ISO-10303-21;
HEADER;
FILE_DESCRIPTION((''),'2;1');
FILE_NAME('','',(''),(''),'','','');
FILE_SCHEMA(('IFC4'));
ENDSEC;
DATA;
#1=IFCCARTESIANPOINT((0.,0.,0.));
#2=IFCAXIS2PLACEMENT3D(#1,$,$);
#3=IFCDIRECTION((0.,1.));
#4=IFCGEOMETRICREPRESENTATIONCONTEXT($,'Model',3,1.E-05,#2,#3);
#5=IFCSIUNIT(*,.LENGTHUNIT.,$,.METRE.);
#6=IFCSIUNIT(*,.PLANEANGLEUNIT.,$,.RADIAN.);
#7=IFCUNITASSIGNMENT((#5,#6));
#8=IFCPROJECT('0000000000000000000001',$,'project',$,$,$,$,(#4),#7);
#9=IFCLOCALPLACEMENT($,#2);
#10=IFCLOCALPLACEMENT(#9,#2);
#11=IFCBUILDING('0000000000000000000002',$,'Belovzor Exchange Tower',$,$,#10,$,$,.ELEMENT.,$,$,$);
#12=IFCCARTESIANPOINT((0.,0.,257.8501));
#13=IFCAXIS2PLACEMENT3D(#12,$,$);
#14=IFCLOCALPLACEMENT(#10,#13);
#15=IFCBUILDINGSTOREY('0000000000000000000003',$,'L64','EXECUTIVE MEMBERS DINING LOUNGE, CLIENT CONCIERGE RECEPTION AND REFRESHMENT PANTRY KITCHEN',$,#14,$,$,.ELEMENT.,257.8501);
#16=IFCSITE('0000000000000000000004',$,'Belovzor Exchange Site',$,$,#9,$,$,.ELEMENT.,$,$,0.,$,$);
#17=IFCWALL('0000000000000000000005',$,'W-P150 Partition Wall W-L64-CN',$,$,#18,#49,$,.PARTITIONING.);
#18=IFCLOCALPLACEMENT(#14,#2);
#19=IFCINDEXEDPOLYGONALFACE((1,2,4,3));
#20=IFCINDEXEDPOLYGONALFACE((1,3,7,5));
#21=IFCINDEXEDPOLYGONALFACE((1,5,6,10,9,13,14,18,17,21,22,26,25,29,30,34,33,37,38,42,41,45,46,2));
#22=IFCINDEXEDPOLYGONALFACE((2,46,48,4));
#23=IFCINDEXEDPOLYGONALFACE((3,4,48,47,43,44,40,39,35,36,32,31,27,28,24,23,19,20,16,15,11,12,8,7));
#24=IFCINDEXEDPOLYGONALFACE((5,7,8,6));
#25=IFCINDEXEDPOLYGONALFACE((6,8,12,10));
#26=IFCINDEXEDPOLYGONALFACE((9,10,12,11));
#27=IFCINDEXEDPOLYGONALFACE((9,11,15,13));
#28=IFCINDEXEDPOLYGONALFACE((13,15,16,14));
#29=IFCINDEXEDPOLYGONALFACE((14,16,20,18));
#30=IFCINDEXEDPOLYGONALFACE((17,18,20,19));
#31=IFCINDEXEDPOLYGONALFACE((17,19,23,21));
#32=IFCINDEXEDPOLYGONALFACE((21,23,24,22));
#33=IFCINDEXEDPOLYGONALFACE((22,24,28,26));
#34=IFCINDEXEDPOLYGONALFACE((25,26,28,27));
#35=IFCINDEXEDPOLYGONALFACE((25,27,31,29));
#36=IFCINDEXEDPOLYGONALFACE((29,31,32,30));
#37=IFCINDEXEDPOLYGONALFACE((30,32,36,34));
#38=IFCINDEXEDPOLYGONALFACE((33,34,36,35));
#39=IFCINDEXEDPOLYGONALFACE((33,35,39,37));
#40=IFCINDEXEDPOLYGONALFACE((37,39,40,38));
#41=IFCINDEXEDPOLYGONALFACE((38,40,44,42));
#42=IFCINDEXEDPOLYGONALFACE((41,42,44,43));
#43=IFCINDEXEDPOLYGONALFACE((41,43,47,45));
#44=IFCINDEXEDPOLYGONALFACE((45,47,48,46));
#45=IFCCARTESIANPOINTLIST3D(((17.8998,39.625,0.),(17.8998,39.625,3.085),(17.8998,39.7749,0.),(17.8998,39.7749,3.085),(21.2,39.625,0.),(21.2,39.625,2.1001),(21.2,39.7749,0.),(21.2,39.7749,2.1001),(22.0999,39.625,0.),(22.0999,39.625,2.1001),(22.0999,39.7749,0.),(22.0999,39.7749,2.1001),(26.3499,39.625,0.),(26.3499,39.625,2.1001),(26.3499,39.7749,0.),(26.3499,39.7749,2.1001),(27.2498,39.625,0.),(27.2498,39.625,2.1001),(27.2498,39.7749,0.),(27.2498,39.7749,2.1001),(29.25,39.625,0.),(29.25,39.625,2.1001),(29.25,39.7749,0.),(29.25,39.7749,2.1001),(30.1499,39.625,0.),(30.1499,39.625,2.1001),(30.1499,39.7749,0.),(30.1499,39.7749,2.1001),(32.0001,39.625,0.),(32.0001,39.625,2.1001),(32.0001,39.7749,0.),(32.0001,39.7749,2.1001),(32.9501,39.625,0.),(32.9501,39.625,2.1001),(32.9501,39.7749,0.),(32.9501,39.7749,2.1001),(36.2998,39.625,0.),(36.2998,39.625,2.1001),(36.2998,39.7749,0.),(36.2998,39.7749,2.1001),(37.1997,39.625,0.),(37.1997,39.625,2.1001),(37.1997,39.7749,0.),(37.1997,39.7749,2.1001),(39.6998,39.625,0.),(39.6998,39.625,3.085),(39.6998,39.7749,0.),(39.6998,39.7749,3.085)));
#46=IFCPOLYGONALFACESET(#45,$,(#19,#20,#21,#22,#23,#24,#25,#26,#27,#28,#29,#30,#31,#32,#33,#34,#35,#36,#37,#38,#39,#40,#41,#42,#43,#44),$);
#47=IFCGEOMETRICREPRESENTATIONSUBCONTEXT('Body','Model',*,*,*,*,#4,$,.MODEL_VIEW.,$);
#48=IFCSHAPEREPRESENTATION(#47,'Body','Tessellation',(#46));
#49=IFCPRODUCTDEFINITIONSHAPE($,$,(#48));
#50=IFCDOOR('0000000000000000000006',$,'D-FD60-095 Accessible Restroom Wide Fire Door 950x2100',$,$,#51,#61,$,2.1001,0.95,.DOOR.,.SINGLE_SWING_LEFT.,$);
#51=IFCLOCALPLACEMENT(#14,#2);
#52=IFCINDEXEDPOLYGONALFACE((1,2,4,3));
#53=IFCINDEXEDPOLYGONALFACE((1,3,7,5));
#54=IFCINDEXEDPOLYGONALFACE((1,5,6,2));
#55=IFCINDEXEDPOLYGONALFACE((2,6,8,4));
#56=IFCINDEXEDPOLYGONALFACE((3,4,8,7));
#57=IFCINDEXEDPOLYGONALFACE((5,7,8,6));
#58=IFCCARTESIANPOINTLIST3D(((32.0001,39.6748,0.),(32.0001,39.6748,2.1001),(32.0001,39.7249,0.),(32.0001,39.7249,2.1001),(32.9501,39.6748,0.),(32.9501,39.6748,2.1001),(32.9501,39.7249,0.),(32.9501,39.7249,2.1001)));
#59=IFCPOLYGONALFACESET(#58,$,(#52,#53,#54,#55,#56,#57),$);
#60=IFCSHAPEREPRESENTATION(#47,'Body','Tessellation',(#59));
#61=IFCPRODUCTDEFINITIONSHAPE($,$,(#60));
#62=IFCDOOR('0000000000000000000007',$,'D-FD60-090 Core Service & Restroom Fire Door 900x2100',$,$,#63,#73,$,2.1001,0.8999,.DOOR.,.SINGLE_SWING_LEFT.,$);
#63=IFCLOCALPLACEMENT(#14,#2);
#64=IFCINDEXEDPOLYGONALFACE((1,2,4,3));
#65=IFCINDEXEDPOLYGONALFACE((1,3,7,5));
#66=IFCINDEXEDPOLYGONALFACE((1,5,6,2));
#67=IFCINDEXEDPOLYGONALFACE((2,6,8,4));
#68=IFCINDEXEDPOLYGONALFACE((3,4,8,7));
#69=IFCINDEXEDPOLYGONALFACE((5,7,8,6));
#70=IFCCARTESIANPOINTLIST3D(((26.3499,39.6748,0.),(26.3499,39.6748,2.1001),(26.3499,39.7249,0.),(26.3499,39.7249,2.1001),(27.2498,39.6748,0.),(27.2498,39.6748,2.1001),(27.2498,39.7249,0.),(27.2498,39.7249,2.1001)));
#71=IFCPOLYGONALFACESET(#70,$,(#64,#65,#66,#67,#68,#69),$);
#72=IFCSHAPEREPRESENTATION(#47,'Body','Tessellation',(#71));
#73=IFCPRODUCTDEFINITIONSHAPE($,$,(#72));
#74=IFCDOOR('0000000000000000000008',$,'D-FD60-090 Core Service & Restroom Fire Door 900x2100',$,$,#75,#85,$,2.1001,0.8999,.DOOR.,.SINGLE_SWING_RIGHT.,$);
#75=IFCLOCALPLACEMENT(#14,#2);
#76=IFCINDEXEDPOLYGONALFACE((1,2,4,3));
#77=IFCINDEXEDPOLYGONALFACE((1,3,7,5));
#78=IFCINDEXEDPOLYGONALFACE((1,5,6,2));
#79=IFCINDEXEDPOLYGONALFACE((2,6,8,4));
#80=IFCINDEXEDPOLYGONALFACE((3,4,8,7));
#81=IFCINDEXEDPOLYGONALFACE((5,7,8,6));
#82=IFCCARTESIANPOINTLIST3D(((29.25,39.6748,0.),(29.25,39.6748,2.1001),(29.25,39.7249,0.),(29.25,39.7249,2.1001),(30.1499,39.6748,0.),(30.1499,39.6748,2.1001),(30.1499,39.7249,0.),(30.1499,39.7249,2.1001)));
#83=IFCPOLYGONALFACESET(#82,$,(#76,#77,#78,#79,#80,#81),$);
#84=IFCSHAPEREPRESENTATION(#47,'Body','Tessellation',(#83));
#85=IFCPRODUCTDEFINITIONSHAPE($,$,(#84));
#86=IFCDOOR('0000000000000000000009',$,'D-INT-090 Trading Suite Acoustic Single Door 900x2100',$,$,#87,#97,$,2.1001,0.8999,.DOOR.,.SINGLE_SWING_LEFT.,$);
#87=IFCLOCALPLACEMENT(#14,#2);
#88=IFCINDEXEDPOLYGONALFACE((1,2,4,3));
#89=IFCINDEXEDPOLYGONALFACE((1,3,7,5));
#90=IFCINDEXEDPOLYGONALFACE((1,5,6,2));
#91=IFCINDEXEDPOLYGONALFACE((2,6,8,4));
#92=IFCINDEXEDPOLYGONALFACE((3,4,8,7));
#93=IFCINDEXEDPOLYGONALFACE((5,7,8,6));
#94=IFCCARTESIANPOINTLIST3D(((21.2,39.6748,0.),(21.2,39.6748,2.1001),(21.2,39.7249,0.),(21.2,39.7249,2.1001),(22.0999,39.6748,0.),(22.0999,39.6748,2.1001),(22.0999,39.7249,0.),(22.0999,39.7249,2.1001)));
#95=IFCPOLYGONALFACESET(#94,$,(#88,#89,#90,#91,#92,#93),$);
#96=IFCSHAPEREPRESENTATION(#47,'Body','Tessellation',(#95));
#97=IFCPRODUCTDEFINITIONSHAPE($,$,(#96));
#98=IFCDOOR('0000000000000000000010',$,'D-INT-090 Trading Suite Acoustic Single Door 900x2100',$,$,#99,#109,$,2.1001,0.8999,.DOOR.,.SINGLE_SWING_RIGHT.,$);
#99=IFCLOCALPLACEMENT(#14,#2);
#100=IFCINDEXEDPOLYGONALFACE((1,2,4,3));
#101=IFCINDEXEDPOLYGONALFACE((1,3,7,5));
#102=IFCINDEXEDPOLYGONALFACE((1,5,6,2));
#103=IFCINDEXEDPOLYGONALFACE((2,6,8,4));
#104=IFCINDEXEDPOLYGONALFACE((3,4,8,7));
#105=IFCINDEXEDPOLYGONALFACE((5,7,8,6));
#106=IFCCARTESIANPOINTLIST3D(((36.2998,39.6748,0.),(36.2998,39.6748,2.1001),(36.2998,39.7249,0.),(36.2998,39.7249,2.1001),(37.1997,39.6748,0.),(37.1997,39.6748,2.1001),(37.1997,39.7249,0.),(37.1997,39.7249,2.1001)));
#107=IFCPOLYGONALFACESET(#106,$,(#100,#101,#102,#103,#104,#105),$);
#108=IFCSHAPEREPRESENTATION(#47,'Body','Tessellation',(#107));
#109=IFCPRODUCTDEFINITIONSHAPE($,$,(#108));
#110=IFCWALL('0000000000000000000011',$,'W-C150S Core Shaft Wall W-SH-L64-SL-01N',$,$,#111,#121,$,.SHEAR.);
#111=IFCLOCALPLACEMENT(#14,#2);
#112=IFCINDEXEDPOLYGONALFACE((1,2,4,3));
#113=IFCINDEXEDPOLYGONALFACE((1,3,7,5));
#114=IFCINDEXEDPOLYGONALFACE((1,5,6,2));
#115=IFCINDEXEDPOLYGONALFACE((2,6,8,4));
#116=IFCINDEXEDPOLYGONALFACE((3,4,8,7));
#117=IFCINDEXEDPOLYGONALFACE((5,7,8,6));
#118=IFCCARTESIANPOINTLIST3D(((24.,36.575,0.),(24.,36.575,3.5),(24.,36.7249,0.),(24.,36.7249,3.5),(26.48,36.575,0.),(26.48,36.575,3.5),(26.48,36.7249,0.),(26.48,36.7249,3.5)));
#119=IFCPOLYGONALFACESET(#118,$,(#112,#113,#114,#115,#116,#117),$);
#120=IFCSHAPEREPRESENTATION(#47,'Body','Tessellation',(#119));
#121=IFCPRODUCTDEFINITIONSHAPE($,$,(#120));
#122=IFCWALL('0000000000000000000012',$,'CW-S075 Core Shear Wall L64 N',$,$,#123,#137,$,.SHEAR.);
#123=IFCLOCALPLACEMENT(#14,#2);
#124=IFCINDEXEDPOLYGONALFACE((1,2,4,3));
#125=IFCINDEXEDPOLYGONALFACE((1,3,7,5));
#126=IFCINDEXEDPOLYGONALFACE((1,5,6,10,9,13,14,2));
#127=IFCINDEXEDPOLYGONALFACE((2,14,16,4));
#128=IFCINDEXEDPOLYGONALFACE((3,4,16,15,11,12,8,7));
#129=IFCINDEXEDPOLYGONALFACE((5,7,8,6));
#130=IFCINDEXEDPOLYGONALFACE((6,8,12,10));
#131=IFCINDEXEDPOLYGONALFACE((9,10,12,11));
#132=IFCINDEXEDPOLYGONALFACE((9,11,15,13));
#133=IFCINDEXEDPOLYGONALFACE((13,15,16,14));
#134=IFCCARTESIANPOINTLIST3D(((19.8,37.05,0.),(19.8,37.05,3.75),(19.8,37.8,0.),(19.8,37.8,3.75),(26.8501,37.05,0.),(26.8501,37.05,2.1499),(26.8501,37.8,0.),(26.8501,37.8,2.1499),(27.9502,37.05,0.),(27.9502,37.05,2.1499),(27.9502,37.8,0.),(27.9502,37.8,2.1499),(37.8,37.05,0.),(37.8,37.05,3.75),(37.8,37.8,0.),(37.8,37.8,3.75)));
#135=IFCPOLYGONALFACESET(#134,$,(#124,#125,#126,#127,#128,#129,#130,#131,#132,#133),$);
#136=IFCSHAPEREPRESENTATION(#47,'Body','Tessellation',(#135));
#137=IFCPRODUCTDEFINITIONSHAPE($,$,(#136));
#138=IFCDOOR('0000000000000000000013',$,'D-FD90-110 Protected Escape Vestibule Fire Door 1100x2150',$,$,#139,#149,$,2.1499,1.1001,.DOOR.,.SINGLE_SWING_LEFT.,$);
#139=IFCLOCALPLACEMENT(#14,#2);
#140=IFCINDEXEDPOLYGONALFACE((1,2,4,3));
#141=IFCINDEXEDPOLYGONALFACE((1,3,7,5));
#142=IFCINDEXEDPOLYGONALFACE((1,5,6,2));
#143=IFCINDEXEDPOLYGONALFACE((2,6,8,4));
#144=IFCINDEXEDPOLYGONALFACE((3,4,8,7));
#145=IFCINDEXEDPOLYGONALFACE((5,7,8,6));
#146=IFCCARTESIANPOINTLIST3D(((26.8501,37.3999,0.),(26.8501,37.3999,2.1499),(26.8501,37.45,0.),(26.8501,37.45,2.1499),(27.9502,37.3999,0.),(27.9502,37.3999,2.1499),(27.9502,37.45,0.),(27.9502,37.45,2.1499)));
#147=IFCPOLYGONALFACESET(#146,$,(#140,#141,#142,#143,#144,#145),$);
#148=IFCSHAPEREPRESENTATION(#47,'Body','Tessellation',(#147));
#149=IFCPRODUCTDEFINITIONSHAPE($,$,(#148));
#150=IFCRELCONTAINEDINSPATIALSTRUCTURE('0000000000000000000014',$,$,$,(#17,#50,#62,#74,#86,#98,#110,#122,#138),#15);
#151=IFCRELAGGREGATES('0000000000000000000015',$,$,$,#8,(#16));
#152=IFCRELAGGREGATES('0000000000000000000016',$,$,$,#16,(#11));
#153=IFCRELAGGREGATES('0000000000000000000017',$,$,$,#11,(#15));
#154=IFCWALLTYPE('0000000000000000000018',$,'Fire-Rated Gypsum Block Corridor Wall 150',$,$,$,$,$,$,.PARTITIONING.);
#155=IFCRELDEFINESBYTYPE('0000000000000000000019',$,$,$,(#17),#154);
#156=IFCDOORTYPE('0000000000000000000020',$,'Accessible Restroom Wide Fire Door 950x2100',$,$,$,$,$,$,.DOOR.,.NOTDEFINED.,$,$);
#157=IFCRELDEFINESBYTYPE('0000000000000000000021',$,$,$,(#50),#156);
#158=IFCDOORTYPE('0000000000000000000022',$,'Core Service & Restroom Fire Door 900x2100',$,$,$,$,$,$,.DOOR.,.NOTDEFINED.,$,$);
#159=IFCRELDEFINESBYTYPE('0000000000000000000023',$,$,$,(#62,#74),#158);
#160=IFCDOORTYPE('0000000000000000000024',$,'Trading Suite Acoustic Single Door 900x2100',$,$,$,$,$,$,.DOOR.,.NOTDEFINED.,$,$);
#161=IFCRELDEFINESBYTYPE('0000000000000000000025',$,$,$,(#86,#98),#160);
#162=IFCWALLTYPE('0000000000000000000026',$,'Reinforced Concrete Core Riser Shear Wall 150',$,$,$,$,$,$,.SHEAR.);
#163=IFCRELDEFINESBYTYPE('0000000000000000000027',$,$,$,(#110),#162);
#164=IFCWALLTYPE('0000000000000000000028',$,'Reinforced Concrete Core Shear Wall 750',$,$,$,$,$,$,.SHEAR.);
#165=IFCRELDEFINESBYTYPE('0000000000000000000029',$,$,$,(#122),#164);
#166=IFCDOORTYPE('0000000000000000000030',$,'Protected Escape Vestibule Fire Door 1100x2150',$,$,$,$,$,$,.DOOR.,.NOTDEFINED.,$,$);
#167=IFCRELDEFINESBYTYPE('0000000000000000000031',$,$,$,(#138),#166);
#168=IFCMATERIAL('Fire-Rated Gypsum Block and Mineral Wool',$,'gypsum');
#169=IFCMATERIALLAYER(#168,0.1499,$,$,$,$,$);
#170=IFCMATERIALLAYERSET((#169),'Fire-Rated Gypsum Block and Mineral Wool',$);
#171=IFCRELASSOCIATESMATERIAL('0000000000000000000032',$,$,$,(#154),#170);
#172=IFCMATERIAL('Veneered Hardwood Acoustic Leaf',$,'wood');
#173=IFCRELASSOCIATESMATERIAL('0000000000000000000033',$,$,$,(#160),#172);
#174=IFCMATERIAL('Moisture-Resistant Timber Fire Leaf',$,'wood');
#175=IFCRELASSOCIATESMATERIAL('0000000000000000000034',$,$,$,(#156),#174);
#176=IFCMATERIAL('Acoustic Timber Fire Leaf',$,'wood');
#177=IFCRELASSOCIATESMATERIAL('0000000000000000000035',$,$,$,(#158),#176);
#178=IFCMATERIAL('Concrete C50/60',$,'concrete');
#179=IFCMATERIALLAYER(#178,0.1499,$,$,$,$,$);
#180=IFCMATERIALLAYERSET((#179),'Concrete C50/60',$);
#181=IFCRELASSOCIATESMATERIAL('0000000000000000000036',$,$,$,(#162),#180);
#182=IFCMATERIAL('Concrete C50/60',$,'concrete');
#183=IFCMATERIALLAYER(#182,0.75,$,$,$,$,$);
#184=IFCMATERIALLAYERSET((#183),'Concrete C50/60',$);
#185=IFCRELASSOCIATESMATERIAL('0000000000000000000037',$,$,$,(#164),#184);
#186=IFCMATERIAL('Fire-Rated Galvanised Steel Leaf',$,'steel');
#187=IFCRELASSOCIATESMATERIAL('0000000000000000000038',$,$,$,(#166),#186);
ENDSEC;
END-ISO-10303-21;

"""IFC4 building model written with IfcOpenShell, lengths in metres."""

from ifc_helpers import new_model, si_unit, direction, frame, frame_2d, origin, place, context, subcontext, project, spatial, rectangle, extrude, material, layer, layer_set, type_object, element, fill, save


model = new_model("IFC4")

# Units and contexts
model_context = context("Model", 3, precision=1e-05, world=origin(), true_north=direction((0.0, 1.0)))
body_context = subcontext(model_context, "Body", "Model", "MODEL_VIEW")
ifc_project = project(units=[si_unit("LENGTHUNIT", "METRE"), si_unit("PLANEANGLEUNIT", "RADIAN")], contexts=[model_context])

# Site, building, storey
site_placement = place(None, origin())
site = spatial("IfcSite", under=ifc_project, at=site_placement, Name="Belovzor Exchange Site", CompositionType="ELEMENT", RefElevation=0.0)
building_placement = place(site_placement, origin())
building = spatial("IfcBuilding", under=site, at=building_placement, Name="Belovzor Exchange Tower", CompositionType="ELEMENT")
storey_placement = place(building_placement, frame((0.0, 0.0, 257.8501)))
storey = spatial("IfcBuildingStorey", under=building, at=storey_placement, Name="L64", Description="EXECUTIVE MEMBERS DINING LOUNGE, CLIENT CONCIERGE RECEPTION AND REFRESHMENT PANTRY KITCHEN", CompositionType="ELEMENT", Elevation=257.8501)

# Shared definitions
ifc_material_1 = material(Name="Fire-Rated Gypsum Block and Mineral Wool", Category="gypsum")
ifc_layer_1 = layer(ifc_material_1, 0.1499)
ifc_layer_set_1 = layer_set([ifc_layer_1], Name="Fire-Rated Gypsum Block and Mineral Wool")
wall_type_1 = type_object("IfcWallType", Name="Fire-Rated Gypsum Block Corridor Wall 150", PredefinedType="PARTITIONING", material=ifc_layer_set_1)

# Shared definitions
ifc_material_2 = material(Name="Veneered Hardwood Acoustic Leaf", Category="wood")
door_type_1 = type_object("IfcDoorType", Name="Trading Suite Acoustic Single Door 900x2100", OperationType="NOTDEFINED", PredefinedType="DOOR", material=ifc_material_2)

# Wall, openings, doors
wall_1_placement = place(storey_placement, frame((17.8999, 39.7, 0.0), z_axis=(0.0, 0.0, 1.0), x_axis=(1.0, 0.0, 0.0)))
wall_1 = element("IfcWall", 1, at=wall_1_placement, inside=storey, type_object=wall_type_1, Name="W-P150 Partition Wall W-L64-CN", PredefinedType="PARTITIONING", context=body_context, shape_type="SweptSolid", body=[
    extrude(rectangle(XDim=21.8, YDim=0.1499, at=frame_2d((10.8999, 0.0))), origin(), (0.0, 0.0, 1.0), 3.085),
])
opening_1_placement = place(wall_1_placement, frame((3.3, 0.0, 0.0)))
opening_1 = element("IfcOpeningElement", 2, at=opening_1_placement, cuts=wall_1, PredefinedType="OPENING", context=body_context, shape_type="SweptSolid", body=[
    extrude(rectangle(XDim=0.8999, YDim=2.1001, at=frame_2d((0.45, 1.05))), frame((0.0, 0.085, 0.0), z_axis=(0.0, -1.0, 0.0), x_axis=(1.0, 0.0, 0.0)), (0.0, 0.0, 1.0), 0.1699),
])
opening_2_placement = place(wall_1_placement, frame((8.45, 0.0, 0.0)))
opening_2 = element("IfcOpeningElement", 3, at=opening_2_placement, cuts=wall_1, PredefinedType="OPENING", context=body_context, shape_type="SweptSolid", body=[
    extrude(rectangle(XDim=0.8999, YDim=2.1001, at=frame_2d((0.45, 1.05))), frame((0.0, 0.085, 0.0), z_axis=(0.0, -1.0, 0.0), x_axis=(1.0, 0.0, 0.0)), (0.0, 0.0, 1.0), 0.1699),
])
opening_3_placement = place(wall_1_placement, frame((11.3501, 0.0, 0.0)))
opening_3 = element("IfcOpeningElement", 4, at=opening_3_placement, cuts=wall_1, PredefinedType="OPENING", context=body_context, shape_type="SweptSolid", body=[
    extrude(rectangle(XDim=0.8999, YDim=2.1001, at=frame_2d((0.45, 1.05))), frame((0.0, 0.085, 0.0), z_axis=(0.0, -1.0, 0.0), x_axis=(1.0, 0.0, 0.0)), (0.0, 0.0, 1.0), 0.1699),
])
opening_4_placement = place(wall_1_placement, frame((14.1001, 0.0, 0.0)))
opening_4 = element("IfcOpeningElement", 5, at=opening_4_placement, cuts=wall_1, PredefinedType="OPENING", context=body_context, shape_type="SweptSolid", body=[
    extrude(rectangle(XDim=0.95, YDim=2.1001, at=frame_2d((0.4751, 1.05))), frame((0.0, 0.085, 0.0), z_axis=(0.0, -1.0, 0.0), x_axis=(1.0, 0.0, 0.0)), (0.0, 0.0, 1.0), 0.1699),
])
opening_5_placement = place(wall_1_placement, frame((18.3999, 0.0, 0.0)))
opening_5 = element("IfcOpeningElement", 6, at=opening_5_placement, cuts=wall_1, PredefinedType="OPENING", context=body_context, shape_type="SweptSolid", body=[
    extrude(rectangle(XDim=0.8999, YDim=2.1001, at=frame_2d((0.45, 1.05))), frame((0.0, 0.085, 0.0), z_axis=(0.0, -1.0, 0.0), x_axis=(1.0, 0.0, 0.0)), (0.0, 0.0, 1.0), 0.1699),
])
ifc_material_3 = material(Name="Moisture-Resistant Timber Fire Leaf", Category="wood")
door_type_2 = type_object("IfcDoorType", Name="Accessible Restroom Wide Fire Door 950x2100", OperationType="NOTDEFINED", PredefinedType="DOOR", material=ifc_material_3)
door_1_placement = place(opening_4_placement, origin())
door_1 = element("IfcDoor", 7, at=door_1_placement, inside=storey, type_object=door_type_2, Name="D-FD60-095 Accessible Restroom Wide Fire Door 950x2100", OperationType="SINGLE_SWING_LEFT", OverallHeight=2.1001, OverallWidth=0.95, PredefinedType="DOOR", context=body_context, shape_type="SweptSolid", body=[
    extrude(rectangle(XDim=0.95, YDim=2.1001, at=frame_2d((0.4751, 1.05))), frame((0.0, 0.0249, 0.0), z_axis=(0.0, -1.0, 0.0), x_axis=(1.0, 0.0, 0.0)), (0.0, 0.0, 1.0), 0.05),
])
fill(opening_4, door_1)
ifc_material_4 = material(Name="Acoustic Timber Fire Leaf", Category="wood")
door_type_3 = type_object("IfcDoorType", Name="Core Service & Restroom Fire Door 900x2100", OperationType="NOTDEFINED", PredefinedType="DOOR", material=ifc_material_4)
door_2_placement = place(opening_2_placement, origin())
door_2 = element("IfcDoor", 8, at=door_2_placement, inside=storey, type_object=door_type_3, Name="D-FD60-090 Core Service & Restroom Fire Door 900x2100", OperationType="SINGLE_SWING_LEFT", OverallHeight=2.1001, OverallWidth=0.8999, PredefinedType="DOOR", context=body_context, shape_type="SweptSolid", body=[
    extrude(rectangle(XDim=0.8999, YDim=2.1001, at=frame_2d((0.45, 1.05))), frame((0.0, 0.0249, 0.0), z_axis=(0.0, -1.0, 0.0), x_axis=(1.0, 0.0, 0.0)), (0.0, 0.0, 1.0), 0.05),
])
fill(opening_2, door_2)
door_3_placement = place(opening_3_placement, origin())
door_3 = element("IfcDoor", 9, at=door_3_placement, inside=storey, type_object=door_type_3, Name="D-FD60-090 Core Service & Restroom Fire Door 900x2100", OperationType="SINGLE_SWING_RIGHT", OverallHeight=2.1001, OverallWidth=0.8999, PredefinedType="DOOR", context=body_context, shape_type="SweptSolid", body=[
    extrude(rectangle(XDim=0.8999, YDim=2.1001, at=frame_2d((0.45, 1.05))), frame((0.0, 0.0249, 0.0), z_axis=(0.0, -1.0, 0.0), x_axis=(1.0, 0.0, 0.0)), (0.0, 0.0, 1.0), 0.05),
])
fill(opening_3, door_3)
door_4_placement = place(opening_1_placement, origin())
door_4 = element("IfcDoor", 10, at=door_4_placement, inside=storey, type_object=door_type_1, Name="D-INT-090 Trading Suite Acoustic Single Door 900x2100", OperationType="SINGLE_SWING_LEFT", OverallHeight=2.1001, OverallWidth=0.8999, PredefinedType="DOOR", context=body_context, shape_type="SweptSolid", body=[
    extrude(rectangle(XDim=0.8999, YDim=2.1001, at=frame_2d((0.45, 1.05))), frame((0.0, 0.0249, 0.0), z_axis=(0.0, -1.0, 0.0), x_axis=(1.0, 0.0, 0.0)), (0.0, 0.0, 1.0), 0.05),
])
fill(opening_1, door_4)
door_5_placement = place(opening_5_placement, origin())
door_5 = element("IfcDoor", 11, at=door_5_placement, inside=storey, type_object=door_type_1, Name="D-INT-090 Trading Suite Acoustic Single Door 900x2100", OperationType="SINGLE_SWING_RIGHT", OverallHeight=2.1001, OverallWidth=0.8999, PredefinedType="DOOR", context=body_context, shape_type="SweptSolid", body=[
    extrude(rectangle(XDim=0.8999, YDim=2.1001, at=frame_2d((0.45, 1.05))), frame((0.0, 0.0249, 0.0), z_axis=(0.0, -1.0, 0.0), x_axis=(1.0, 0.0, 0.0)), (0.0, 0.0, 1.0), 0.05),
])
fill(opening_5, door_5)

# Wall
ifc_material_5 = material(Name="Concrete C50/60", Category="concrete")
ifc_layer_2 = layer(ifc_material_5, 0.1499)
ifc_layer_set_2 = layer_set([ifc_layer_2], Name="Concrete C50/60")
wall_type_2 = type_object("IfcWallType", Name="Reinforced Concrete Core Riser Shear Wall 150", PredefinedType="SHEAR", material=ifc_layer_set_2)
wall_2_placement = place(storey_placement, frame((24.0, 36.6499, 0.0), z_axis=(0.0, 0.0, 1.0), x_axis=(1.0, 0.0, 0.0)))
element("IfcWall", 12, at=wall_2_placement, inside=storey, type_object=wall_type_2, Name="W-C150S Core Shaft Wall W-SH-L64-SL-01N", PredefinedType="SHEAR", context=body_context, shape_type="SweptSolid", body=[
    extrude(rectangle(XDim=2.48, YDim=0.1499, at=frame_2d((1.24, 0.0))), origin(), (0.0, 0.0, 1.0), 3.5),
])

# Wall, opening, door
ifc_material_6 = material(Name="Concrete C50/60", Category="concrete")
ifc_layer_3 = layer(ifc_material_6, 0.75)
ifc_layer_set_3 = layer_set([ifc_layer_3], Name="Concrete C50/60")
wall_type_3 = type_object("IfcWallType", Name="Reinforced Concrete Core Shear Wall 750", PredefinedType="SHEAR", material=ifc_layer_set_3)
wall_3_placement = place(storey_placement, frame((19.8, 37.425, 0.0), z_axis=(0.0, 0.0, 1.0), x_axis=(1.0, 0.0, 0.0)))
wall_3 = element("IfcWall", 13, at=wall_3_placement, inside=storey, type_object=wall_type_3, Name="CW-S075 Core Shear Wall L64 N", PredefinedType="SHEAR", context=body_context, shape_type="SweptSolid", body=[
    extrude(rectangle(XDim=18.0, YDim=0.75, at=frame_2d((9.0, 0.0))), origin(), (0.0, 0.0, 1.0), 3.75),
])
opening_6_placement = place(wall_3_placement, frame((7.05, 0.0, 0.0)))
opening_6 = element("IfcOpeningElement", 14, at=opening_6_placement, cuts=wall_3, PredefinedType="OPENING", context=body_context, shape_type="SweptSolid", body=[
    extrude(rectangle(XDim=1.1001, YDim=2.1499, at=frame_2d((0.55, 1.075))), frame((0.0, 0.385, 0.0), z_axis=(0.0, -1.0, 0.0), x_axis=(1.0, 0.0, 0.0)), (0.0, 0.0, 1.0), 0.77),
])
ifc_material_7 = material(Name="Fire-Rated Galvanised Steel Leaf", Category="steel")
door_type_4 = type_object("IfcDoorType", Name="Protected Escape Vestibule Fire Door 1100x2150", OperationType="NOTDEFINED", PredefinedType="DOOR", material=ifc_material_7)
door_6_placement = place(opening_6_placement, origin())
door_6 = element("IfcDoor", 15, at=door_6_placement, inside=storey, type_object=door_type_4, Name="D-FD90-110 Protected Escape Vestibule Fire Door 1100x2150", OperationType="SINGLE_SWING_LEFT", OverallHeight=2.1499, OverallWidth=1.1001, PredefinedType="DOOR", context=body_context, shape_type="SweptSolid", body=[
    extrude(rectangle(XDim=1.1001, YDim=2.1499, at=frame_2d((0.55, 1.075))), frame((0.0, 0.0249, 0.0), z_axis=(0.0, -1.0, 0.0), x_axis=(1.0, 0.0, 0.0)), (0.0, 0.0, 1.0), 0.05),
])
fill(opening_6, door_6)

save(model, "model.ifc")
